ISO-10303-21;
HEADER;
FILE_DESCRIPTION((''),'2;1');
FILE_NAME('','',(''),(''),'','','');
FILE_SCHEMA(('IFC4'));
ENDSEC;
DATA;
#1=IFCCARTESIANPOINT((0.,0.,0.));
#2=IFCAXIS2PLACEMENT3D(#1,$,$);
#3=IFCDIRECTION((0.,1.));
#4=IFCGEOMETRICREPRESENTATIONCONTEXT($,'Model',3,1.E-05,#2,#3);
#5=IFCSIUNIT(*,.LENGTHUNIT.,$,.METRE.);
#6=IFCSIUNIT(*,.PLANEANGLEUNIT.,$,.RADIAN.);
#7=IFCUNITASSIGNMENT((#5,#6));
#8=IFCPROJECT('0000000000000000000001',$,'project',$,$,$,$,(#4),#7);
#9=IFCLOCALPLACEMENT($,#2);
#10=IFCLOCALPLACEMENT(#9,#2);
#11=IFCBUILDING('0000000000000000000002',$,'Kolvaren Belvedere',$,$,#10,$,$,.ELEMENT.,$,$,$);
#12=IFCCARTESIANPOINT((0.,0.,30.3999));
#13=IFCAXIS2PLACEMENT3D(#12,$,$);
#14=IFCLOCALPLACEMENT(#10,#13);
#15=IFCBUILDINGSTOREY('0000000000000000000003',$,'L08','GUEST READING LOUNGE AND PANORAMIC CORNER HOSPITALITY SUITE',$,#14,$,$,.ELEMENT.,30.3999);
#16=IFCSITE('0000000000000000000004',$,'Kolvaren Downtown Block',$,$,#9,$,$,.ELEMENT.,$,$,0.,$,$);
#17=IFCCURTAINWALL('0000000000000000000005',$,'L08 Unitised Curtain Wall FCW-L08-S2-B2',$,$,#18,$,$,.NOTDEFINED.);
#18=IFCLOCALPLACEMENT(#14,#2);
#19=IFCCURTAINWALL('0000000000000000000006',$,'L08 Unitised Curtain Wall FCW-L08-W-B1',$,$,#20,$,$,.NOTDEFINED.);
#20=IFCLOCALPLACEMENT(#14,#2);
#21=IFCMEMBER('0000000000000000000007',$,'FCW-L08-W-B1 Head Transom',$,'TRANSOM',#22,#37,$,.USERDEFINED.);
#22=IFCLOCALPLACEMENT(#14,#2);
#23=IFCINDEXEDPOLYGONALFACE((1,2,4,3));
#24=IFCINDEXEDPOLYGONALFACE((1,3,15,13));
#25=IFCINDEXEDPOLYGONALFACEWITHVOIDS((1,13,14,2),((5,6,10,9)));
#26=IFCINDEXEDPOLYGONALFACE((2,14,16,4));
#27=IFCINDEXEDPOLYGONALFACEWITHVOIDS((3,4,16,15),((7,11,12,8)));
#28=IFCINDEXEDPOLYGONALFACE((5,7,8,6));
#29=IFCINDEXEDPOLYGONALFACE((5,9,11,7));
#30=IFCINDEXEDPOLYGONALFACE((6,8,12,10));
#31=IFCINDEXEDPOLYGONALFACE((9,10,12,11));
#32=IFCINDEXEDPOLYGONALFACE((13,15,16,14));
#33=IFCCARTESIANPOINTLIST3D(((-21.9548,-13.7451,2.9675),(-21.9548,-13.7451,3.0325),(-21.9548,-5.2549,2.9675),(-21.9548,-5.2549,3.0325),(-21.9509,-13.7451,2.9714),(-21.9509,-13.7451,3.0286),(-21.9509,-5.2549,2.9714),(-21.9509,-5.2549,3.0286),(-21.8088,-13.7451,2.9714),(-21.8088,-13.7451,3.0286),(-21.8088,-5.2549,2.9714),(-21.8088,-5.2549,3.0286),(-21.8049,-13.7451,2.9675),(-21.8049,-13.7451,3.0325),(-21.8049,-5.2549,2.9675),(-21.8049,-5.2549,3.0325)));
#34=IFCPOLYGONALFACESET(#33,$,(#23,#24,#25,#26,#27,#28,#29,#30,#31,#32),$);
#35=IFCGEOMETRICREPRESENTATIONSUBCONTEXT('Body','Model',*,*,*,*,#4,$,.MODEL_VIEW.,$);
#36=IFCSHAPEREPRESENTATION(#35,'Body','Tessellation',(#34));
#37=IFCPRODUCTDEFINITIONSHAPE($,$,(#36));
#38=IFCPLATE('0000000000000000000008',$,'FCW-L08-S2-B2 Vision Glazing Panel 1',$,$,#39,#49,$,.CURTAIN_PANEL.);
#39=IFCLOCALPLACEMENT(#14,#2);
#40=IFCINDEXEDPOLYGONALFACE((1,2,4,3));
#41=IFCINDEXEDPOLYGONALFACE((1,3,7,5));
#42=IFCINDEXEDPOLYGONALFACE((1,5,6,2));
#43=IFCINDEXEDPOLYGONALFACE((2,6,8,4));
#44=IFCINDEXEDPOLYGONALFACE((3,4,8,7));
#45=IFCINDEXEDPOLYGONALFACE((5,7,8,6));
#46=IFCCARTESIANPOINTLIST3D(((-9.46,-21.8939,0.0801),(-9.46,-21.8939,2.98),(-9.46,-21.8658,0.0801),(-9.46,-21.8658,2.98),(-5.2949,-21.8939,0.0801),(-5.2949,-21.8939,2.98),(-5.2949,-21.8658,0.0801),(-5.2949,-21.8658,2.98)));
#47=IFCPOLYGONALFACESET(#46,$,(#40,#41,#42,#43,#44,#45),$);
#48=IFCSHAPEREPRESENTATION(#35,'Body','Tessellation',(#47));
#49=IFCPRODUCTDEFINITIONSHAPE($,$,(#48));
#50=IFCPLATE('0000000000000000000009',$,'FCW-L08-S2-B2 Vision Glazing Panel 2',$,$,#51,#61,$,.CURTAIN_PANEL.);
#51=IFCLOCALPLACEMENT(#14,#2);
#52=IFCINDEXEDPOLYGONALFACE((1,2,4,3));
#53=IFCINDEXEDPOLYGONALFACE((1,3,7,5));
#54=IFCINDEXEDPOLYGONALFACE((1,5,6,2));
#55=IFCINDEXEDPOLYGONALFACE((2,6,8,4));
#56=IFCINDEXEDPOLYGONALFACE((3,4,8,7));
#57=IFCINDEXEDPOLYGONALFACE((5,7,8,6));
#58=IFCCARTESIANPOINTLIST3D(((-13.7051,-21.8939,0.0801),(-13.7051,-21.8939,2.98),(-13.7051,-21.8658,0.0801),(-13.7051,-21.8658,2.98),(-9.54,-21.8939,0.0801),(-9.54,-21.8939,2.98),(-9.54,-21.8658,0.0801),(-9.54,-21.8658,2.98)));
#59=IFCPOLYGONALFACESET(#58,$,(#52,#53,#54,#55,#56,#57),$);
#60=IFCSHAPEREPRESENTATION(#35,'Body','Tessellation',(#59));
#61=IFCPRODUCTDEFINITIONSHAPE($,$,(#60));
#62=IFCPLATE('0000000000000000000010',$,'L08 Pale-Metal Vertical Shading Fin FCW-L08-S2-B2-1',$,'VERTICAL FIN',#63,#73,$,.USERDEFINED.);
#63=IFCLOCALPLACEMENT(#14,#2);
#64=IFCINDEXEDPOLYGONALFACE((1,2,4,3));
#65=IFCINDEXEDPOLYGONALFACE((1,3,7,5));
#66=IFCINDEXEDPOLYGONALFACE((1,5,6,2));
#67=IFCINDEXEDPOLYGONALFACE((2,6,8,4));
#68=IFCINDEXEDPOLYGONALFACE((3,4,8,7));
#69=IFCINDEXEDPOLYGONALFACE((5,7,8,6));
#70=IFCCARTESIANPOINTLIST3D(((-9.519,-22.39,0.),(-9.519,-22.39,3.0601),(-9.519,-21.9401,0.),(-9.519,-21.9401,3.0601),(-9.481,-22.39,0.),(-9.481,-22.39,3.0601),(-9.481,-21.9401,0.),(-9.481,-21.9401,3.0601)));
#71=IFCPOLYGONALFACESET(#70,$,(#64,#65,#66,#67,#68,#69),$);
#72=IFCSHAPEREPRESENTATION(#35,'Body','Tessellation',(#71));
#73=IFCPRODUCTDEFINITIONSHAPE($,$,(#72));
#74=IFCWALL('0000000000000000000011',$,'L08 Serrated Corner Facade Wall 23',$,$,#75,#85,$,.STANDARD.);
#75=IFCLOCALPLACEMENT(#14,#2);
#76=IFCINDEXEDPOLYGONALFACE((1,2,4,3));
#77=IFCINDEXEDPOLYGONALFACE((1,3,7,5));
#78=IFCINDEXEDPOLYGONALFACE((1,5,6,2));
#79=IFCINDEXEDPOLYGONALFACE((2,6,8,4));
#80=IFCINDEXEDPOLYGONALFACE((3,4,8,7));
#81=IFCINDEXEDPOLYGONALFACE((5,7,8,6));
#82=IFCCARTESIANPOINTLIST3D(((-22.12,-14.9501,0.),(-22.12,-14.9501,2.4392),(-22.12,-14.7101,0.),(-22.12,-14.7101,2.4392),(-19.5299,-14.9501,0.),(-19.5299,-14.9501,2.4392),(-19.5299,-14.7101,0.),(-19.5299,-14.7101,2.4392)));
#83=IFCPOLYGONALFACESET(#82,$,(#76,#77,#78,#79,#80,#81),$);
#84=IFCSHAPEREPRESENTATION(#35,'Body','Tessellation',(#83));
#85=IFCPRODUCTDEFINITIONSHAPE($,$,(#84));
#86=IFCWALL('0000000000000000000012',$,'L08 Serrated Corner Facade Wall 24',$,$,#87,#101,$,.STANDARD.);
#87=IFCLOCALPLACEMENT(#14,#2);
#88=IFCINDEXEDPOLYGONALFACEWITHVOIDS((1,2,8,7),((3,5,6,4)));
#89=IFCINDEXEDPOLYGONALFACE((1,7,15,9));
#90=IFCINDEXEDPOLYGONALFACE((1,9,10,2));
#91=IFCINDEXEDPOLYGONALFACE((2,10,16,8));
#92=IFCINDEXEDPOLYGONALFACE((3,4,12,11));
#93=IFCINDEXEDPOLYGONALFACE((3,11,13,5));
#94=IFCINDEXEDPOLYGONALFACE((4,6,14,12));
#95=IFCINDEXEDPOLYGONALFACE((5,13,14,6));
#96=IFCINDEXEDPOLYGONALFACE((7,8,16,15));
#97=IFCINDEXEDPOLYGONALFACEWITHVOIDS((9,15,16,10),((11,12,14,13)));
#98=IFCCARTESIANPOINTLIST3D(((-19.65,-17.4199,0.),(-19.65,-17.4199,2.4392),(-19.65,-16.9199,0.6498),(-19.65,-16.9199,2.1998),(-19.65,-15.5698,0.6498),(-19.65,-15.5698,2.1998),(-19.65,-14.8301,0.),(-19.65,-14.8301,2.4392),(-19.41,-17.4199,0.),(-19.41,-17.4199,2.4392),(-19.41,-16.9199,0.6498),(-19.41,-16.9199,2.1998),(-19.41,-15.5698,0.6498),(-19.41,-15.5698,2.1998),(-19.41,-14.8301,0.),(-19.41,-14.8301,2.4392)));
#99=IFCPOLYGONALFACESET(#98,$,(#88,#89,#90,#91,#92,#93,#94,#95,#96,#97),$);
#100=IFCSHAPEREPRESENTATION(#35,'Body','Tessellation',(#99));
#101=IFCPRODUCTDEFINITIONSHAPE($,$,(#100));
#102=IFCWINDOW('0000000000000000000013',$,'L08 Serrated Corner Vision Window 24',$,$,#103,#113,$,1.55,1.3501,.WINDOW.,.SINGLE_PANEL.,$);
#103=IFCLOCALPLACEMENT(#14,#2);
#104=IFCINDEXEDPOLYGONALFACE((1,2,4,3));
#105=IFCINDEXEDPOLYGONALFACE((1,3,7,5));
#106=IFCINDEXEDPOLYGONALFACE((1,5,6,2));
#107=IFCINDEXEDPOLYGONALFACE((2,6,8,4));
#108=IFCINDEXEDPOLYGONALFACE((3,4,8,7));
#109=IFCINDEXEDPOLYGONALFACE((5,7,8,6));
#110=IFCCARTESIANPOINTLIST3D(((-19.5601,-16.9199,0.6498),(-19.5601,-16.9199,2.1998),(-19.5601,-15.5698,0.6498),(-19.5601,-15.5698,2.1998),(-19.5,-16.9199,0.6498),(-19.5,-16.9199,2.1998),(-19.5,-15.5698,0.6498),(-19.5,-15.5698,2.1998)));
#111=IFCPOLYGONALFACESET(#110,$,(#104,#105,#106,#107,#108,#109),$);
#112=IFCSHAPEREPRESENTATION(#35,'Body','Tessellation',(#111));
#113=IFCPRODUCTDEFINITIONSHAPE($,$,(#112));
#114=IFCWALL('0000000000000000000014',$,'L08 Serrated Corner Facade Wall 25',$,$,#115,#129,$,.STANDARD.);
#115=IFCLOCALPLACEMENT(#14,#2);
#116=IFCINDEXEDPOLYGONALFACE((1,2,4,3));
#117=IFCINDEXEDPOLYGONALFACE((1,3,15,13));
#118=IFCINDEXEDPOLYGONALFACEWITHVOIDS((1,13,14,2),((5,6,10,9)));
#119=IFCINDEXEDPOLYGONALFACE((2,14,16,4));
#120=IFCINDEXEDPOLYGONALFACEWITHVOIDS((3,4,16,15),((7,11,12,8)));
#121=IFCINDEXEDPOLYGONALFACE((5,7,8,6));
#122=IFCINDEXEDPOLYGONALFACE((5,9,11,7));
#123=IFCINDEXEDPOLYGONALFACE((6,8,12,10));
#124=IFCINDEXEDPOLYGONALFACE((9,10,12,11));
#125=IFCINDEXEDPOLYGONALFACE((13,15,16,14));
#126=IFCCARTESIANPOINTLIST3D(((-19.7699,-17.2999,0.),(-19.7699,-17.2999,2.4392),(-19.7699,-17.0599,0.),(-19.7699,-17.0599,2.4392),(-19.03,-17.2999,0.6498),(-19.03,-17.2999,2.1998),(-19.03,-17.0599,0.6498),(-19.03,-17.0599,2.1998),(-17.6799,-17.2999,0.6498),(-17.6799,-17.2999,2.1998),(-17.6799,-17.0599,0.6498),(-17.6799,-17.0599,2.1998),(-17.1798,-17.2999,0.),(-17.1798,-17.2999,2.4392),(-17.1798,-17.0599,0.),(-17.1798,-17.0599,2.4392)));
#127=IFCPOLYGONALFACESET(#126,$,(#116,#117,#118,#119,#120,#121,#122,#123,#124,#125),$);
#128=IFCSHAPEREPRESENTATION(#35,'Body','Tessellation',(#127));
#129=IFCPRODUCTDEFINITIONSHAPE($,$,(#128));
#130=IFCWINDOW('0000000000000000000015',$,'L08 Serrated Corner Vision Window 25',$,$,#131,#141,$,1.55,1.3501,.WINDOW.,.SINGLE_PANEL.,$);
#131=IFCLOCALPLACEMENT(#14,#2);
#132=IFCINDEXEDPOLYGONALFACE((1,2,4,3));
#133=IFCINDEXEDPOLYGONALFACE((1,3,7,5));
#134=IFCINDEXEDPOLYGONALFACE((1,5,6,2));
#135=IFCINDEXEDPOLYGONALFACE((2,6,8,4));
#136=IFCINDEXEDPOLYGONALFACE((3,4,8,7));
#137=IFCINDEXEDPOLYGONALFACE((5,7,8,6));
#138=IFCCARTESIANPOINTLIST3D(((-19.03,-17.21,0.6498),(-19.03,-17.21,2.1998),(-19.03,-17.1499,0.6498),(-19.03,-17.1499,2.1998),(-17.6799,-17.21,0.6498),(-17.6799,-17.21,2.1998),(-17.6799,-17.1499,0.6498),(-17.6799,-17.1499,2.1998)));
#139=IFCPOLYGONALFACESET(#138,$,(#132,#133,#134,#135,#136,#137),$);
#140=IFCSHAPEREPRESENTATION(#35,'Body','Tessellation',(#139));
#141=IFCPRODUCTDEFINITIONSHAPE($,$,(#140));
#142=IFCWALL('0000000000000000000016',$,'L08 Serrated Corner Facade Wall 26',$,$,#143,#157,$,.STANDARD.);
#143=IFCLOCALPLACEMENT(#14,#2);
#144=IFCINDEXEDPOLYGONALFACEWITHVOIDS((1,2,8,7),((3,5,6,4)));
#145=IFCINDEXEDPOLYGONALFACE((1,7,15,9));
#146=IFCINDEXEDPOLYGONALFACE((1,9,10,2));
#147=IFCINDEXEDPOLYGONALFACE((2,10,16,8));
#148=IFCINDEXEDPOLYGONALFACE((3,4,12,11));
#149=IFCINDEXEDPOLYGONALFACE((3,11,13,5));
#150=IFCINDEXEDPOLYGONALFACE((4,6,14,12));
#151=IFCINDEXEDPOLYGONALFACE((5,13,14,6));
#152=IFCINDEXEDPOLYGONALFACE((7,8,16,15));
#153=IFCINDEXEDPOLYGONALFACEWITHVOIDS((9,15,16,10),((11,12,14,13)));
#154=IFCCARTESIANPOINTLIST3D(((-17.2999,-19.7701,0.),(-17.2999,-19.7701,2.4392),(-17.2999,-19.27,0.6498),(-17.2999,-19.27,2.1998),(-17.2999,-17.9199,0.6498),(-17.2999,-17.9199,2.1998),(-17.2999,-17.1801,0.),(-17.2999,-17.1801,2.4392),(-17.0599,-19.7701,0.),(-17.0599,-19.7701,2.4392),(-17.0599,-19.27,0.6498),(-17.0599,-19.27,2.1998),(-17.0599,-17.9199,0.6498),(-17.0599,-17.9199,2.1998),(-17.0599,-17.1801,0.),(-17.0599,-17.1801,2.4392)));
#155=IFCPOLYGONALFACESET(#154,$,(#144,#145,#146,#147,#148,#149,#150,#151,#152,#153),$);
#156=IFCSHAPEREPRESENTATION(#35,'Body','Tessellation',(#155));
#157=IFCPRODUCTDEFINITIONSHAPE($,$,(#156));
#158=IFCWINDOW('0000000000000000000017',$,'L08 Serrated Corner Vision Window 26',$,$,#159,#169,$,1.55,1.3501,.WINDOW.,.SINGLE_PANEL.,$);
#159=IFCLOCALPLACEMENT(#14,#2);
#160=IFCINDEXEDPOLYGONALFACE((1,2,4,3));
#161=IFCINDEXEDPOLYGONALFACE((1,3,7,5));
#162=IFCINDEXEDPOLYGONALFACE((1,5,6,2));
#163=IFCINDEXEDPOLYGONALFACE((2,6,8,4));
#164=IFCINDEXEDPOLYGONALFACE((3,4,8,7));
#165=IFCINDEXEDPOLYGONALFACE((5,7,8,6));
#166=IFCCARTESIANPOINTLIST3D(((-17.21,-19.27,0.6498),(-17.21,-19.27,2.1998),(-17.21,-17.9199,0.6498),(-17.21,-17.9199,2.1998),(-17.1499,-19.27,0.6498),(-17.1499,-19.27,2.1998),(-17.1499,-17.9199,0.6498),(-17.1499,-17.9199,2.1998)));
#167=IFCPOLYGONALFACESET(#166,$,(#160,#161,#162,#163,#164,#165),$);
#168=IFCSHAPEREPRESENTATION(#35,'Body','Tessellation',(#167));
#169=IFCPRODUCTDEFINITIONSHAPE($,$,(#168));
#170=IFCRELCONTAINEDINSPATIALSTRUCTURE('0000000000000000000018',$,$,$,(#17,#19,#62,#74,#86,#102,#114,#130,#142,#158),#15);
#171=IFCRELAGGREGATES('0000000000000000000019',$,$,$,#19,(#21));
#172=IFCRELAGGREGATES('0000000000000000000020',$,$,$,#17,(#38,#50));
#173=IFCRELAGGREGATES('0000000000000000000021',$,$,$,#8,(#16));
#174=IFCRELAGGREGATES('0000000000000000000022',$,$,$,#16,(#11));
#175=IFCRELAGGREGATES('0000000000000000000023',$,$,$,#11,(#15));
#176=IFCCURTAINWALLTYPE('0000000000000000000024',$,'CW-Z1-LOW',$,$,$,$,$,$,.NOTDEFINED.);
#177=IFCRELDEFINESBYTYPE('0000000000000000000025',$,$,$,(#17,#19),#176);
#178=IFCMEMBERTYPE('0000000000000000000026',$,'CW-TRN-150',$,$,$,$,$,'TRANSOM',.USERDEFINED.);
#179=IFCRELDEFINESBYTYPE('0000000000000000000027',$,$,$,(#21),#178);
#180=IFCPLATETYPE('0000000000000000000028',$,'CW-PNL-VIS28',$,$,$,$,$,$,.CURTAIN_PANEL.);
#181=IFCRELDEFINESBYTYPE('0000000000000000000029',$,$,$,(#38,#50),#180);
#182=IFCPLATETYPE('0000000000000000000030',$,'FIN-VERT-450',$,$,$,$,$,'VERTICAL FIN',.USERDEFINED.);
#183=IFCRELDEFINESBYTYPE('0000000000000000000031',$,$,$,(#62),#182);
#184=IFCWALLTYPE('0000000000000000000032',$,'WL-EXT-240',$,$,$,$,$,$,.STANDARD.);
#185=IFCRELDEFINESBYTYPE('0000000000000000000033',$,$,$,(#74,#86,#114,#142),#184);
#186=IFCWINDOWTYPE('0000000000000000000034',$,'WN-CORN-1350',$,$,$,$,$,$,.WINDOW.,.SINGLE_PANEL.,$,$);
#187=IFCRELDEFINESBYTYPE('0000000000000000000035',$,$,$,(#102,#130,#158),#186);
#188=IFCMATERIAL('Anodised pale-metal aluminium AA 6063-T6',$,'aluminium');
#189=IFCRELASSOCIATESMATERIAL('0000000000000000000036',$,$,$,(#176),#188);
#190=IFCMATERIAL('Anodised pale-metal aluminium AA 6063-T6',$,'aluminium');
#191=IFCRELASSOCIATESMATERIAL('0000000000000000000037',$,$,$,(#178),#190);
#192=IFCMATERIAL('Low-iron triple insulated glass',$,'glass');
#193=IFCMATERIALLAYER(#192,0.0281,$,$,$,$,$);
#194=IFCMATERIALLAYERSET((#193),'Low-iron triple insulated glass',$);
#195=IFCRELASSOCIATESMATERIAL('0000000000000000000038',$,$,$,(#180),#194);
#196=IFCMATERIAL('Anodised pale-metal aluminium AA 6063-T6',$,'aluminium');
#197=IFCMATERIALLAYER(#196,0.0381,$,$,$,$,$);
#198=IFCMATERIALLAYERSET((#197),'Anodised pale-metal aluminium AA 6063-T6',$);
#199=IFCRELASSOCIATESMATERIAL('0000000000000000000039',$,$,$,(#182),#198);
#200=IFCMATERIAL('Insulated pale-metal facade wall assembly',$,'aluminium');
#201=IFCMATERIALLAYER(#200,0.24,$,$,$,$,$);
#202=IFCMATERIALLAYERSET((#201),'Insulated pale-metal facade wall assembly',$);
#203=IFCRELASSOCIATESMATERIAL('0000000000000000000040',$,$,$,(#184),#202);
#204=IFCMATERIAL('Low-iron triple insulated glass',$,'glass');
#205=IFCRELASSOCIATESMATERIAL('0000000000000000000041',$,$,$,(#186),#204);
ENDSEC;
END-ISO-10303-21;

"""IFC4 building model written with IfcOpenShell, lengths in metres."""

from ifc_helpers import new_model, si_unit, direction, frame, frame_2d, origin, origin_2d, place, context, subcontext, project, spatial, rectangle, hollow_rectangle, extrude, material, layer, layer_set, material_profile, profile_set, type_object, element, fill, aggregate, save


model = new_model("IFC4")

# Units and contexts
model_context = context("Model", 3, precision=1e-05, world=origin(), true_north=direction((0.0, 1.0)))
body_context = subcontext(model_context, "Body", "Model", "MODEL_VIEW")
ifc_project = project(units=[si_unit("LENGTHUNIT", "METRE"), si_unit("PLANEANGLEUNIT", "RADIAN")], contexts=[model_context])

# Site, building, storey
site_placement = place(None, origin())
site = spatial("IfcSite", under=ifc_project, at=site_placement, Name="Kolvaren Downtown Block", CompositionType="ELEMENT", RefElevation=0.0)
building_placement = place(site_placement, origin())
building = spatial("IfcBuilding", under=site, at=building_placement, Name="Kolvaren Belvedere", CompositionType="ELEMENT")
storey_placement = place(building_placement, frame((0.0, 0.0, 30.3999)))
storey = spatial("IfcBuildingStorey", under=building, at=storey_placement, Name="L08", Description="GUEST READING LOUNGE AND PANORAMIC CORNER HOSPITALITY SUITE", CompositionType="ELEMENT", Elevation=30.3999)

# Curtain walls, member
ifc_material_1 = material(Name="Anodised pale-metal aluminium AA 6063-T6", Category="aluminium")
curtain_wall_type = type_object("IfcCurtainWallType", Name="CW-Z1-LOW", PredefinedType="NOTDEFINED", material=ifc_material_1)
curtain_wall_1_placement = place(storey_placement, origin())
curtain_wall_1 = element("IfcCurtainWall", 1, at=curtain_wall_1_placement, inside=storey, type_object=curtain_wall_type, Name="L08 Unitised Curtain Wall FCW-L08-S2-B2", PredefinedType="NOTDEFINED")
curtain_wall_2_placement = place(storey_placement, origin())
curtain_wall_2 = element("IfcCurtainWall", 2, at=curtain_wall_2_placement, inside=storey, type_object=curtain_wall_type, Name="L08 Unitised Curtain Wall FCW-L08-W-B1", PredefinedType="NOTDEFINED")
ifc_material_2 = material(Name="Anodised pale-metal aluminium AA 6063-T6", Category="aluminium")
ifc_material_profile_1 = material_profile(ifc_material_2, hollow_rectangle(XDim=0.0649, YDim=0.1499, WallThickness=0.0039, at=origin_2d()), Name="ALU-TRN-150X65")
ifc_profile_set_1 = profile_set([ifc_material_profile_1], Name="Anodised pale-metal aluminium AA 6063-T6")
member_type_1 = type_object("IfcMemberType", Name="CW-TRN-150", ElementType="TRANSOM", PredefinedType="USERDEFINED", material=ifc_profile_set_1)
member_1_placement = place(storey_placement, frame((-21.8799, -13.7451, 3.0), z_axis=(0.0, 1.0, 0.0), x_axis=(0.0, 0.0, 1.0)))
member_1 = element("IfcMember", 3, at=member_1_placement, type_object=member_type_1, Name="FCW-L08-W-B1 Head Transom", ObjectType="TRANSOM", PredefinedType="USERDEFINED", context=body_context, shape_type="SweptSolid", body=[
    extrude(hollow_rectangle(XDim=0.0649, YDim=0.1499, WallThickness=0.0039, at=origin_2d()), origin(), (0.0, 0.0, 1.0), 8.4902),
])
aggregate(curtain_wall_2, [member_1])

# Plates
ifc_material_3 = material(Name="Low-iron triple insulated glass", Category="glass")
ifc_layer_1 = layer(ifc_material_3, 0.0281)
ifc_layer_set_1 = layer_set([ifc_layer_1], Name="Low-iron triple insulated glass")
plate_type_1 = type_object("IfcPlateType", Name="CW-PNL-VIS28", PredefinedType="CURTAIN_PANEL", material=ifc_layer_set_1)
plate_1_placement = place(storey_placement, frame((-7.3774, -21.8799, 0.0801), z_axis=(0.0, 0.0, 1.0), x_axis=(-1.0, 0.0, 0.0)))
plate_1 = element("IfcPlate", 4, at=plate_1_placement, type_object=plate_type_1, Name="FCW-L08-S2-B2 Vision Glazing Panel 1", PredefinedType="CURTAIN_PANEL", context=body_context, shape_type="SweptSolid", body=[
    extrude(rectangle(XDim=4.165, YDim=0.0281, at=origin_2d()), origin(), (0.0, 0.0, 1.0), 2.8999),
])
plate_2_placement = place(storey_placement, frame((-11.6226, -21.8799, 0.0801), z_axis=(0.0, 0.0, 1.0), x_axis=(-1.0, 0.0, 0.0)))
plate_2 = element("IfcPlate", 5, at=plate_2_placement, type_object=plate_type_1, Name="FCW-L08-S2-B2 Vision Glazing Panel 2", PredefinedType="CURTAIN_PANEL", context=body_context, shape_type="SweptSolid", body=[
    extrude(rectangle(XDim=4.165, YDim=0.0281, at=origin_2d()), origin(), (0.0, 0.0, 1.0), 2.8999),
])
aggregate(curtain_wall_1, [plate_1, plate_2])
ifc_material_4 = material(Name="Anodised pale-metal aluminium AA 6063-T6", Category="aluminium")
ifc_layer_2 = layer(ifc_material_4, 0.0381)
ifc_layer_set_2 = layer_set([ifc_layer_2], Name="Anodised pale-metal aluminium AA 6063-T6")
plate_type_2 = type_object("IfcPlateType", Name="FIN-VERT-450", ElementType="VERTICAL FIN", PredefinedType="USERDEFINED", material=ifc_layer_set_2)
plate_3_placement = place(storey_placement, frame((-9.5, -22.165, 0.0), z_axis=(0.0, 0.0, 1.0), x_axis=(0.0, 1.0, 0.0)))
element("IfcPlate", 6, at=plate_3_placement, inside=storey, type_object=plate_type_2, Name="L08 Pale-Metal Vertical Shading Fin FCW-L08-S2-B2-1", ObjectType="VERTICAL FIN", PredefinedType="USERDEFINED", context=body_context, shape_type="SweptSolid", body=[
    extrude(rectangle(XDim=0.45, YDim=0.0381, at=origin_2d()), origin(), (0.0, 0.0, 1.0), 3.0601),
])

# Wall
ifc_material_5 = material(Name="Insulated pale-metal facade wall assembly", Category="aluminium")
ifc_layer_3 = layer(ifc_material_5, 0.24)
ifc_layer_set_3 = layer_set([ifc_layer_3], Name="Insulated pale-metal facade wall assembly")
wall_type_1 = type_object("IfcWallType", Name="WL-EXT-240", PredefinedType="STANDARD", material=ifc_layer_set_3)
wall_1_placement = place(storey_placement, frame((-19.53, -14.8301, 0.0), z_axis=(0.0, 0.0, 1.0), x_axis=(-1.0, 0.0, 0.0)))
element("IfcWall", 7, at=wall_1_placement, inside=storey, type_object=wall_type_1, Name="L08 Serrated Corner Facade Wall 23", PredefinedType="STANDARD", context=body_context, shape_type="SweptSolid", body=[
    extrude(rectangle(XDim=2.5901, YDim=0.24, at=frame_2d((1.2949, 0.0))), origin(), (0.0, 0.0, 1.0), 2.4392),
])

# Walls, openings, windows
wall_2_placement = place(storey_placement, frame((-19.53, -17.4199, 0.0), z_axis=(0.0, 0.0, 1.0), x_axis=(0.0, 1.0, 0.0)))
wall_2 = element("IfcWall", 8, at=wall_2_placement, inside=storey, type_object=wall_type_1, Name="L08 Serrated Corner Facade Wall 24", PredefinedType="STANDARD", context=body_context, shape_type="SweptSolid", body=[
    extrude(rectangle(XDim=2.5898, YDim=0.24, at=frame_2d((1.2949, 0.0))), origin(), (0.0, 0.0, 1.0), 2.4392),
])
opening_1_placement = place(wall_2_placement, frame((0.5, 0.0, 0.6499)))
opening_1 = element("IfcOpeningElement", 9, at=opening_1_placement, cuts=wall_2, PredefinedType="OPENING", context=body_context, shape_type="SweptSolid", body=[
    extrude(rectangle(XDim=1.3501, YDim=1.55, at=frame_2d((0.675, 0.7749))), frame((0.0, 0.1299, 0.0), z_axis=(0.0, -1.0, 0.0), x_axis=(1.0, 0.0, 0.0)), (0.0, 0.0, 1.0), 0.26),
])
ifc_material_6 = material(Name="Low-iron triple insulated glass", Category="glass")
window_type = type_object("IfcWindowType", Name="WN-CORN-1350", PartitioningType="SINGLE_PANEL", PredefinedType="WINDOW", material=ifc_material_6)
window_1_placement = place(opening_1_placement, origin())
window_1 = element("IfcWindow", 10, at=window_1_placement, inside=storey, type_object=window_type, Name="L08 Serrated Corner Vision Window 24", OverallHeight=1.55, OverallWidth=1.3501, PartitioningType="SINGLE_PANEL", PredefinedType="WINDOW", context=body_context, shape_type="SweptSolid", body=[
    extrude(rectangle(XDim=1.3501, YDim=1.55, at=frame_2d((0.675, 0.7749))), frame((0.0, 0.03, 0.0), z_axis=(0.0, -1.0, 0.0), x_axis=(1.0, 0.0, 0.0)), (0.0, 0.0, 1.0), 0.0601),
])
fill(opening_1, window_1)
wall_3_placement = place(storey_placement, frame((-17.1799, -17.1799, 0.0), z_axis=(0.0, 0.0, 1.0), x_axis=(-1.0, 0.0, 0.0)))
wall_3 = element("IfcWall", 11, at=wall_3_placement, inside=storey, type_object=wall_type_1, Name="L08 Serrated Corner Facade Wall 25", PredefinedType="STANDARD", context=body_context, shape_type="SweptSolid", body=[
    extrude(rectangle(XDim=2.5901, YDim=0.24, at=frame_2d((1.2949, 0.0))), origin(), (0.0, 0.0, 1.0), 2.4392),
])
opening_2_placement = place(wall_3_placement, frame((0.5, 0.0, 0.6499)))
opening_2 = element("IfcOpeningElement", 12, at=opening_2_placement, cuts=wall_3, PredefinedType="OPENING", context=body_context, shape_type="SweptSolid", body=[
    extrude(rectangle(XDim=1.3501, YDim=1.55, at=frame_2d((0.675, 0.7749))), frame((0.0, 0.1299, 0.0), z_axis=(0.0, -1.0, 0.0), x_axis=(1.0, 0.0, 0.0)), (0.0, 0.0, 1.0), 0.26),
])
window_2_placement = place(opening_2_placement, origin())
window_2 = element("IfcWindow", 13, at=window_2_placement, inside=storey, type_object=window_type, Name="L08 Serrated Corner Vision Window 25", OverallHeight=1.55, OverallWidth=1.3501, PartitioningType="SINGLE_PANEL", PredefinedType="WINDOW", context=body_context, shape_type="SweptSolid", body=[
    extrude(rectangle(XDim=1.3501, YDim=1.55, at=frame_2d((0.675, 0.7749))), frame((0.0, 0.03, 0.0), z_axis=(0.0, -1.0, 0.0), x_axis=(1.0, 0.0, 0.0)), (0.0, 0.0, 1.0), 0.0601),
])
fill(opening_2, window_2)
wall_4_placement = place(storey_placement, frame((-17.1799, -19.77, 0.0), z_axis=(0.0, 0.0, 1.0), x_axis=(0.0, 1.0, 0.0)))
wall_4 = element("IfcWall", 14, at=wall_4_placement, inside=storey, type_object=wall_type_1, Name="L08 Serrated Corner Facade Wall 26", PredefinedType="STANDARD", context=body_context, shape_type="SweptSolid", body=[
    extrude(rectangle(XDim=2.5901, YDim=0.24, at=frame_2d((1.2949, 0.0))), origin(), (0.0, 0.0, 1.0), 2.4392),
])
opening_3_placement = place(wall_4_placement, frame((0.5, 0.0, 0.6499)))
opening_3 = element("IfcOpeningElement", 15, at=opening_3_placement, cuts=wall_4, PredefinedType="OPENING", context=body_context, shape_type="SweptSolid", body=[
    extrude(rectangle(XDim=1.3501, YDim=1.55, at=frame_2d((0.675, 0.7749))), frame((0.0, 0.1299, 0.0), z_axis=(0.0, -1.0, 0.0), x_axis=(1.0, 0.0, 0.0)), (0.0, 0.0, 1.0), 0.26),
])
window_3_placement = place(opening_3_placement, origin())
window_3 = element("IfcWindow", 16, at=window_3_placement, inside=storey, type_object=window_type, Name="L08 Serrated Corner Vision Window 26", OverallHeight=1.55, OverallWidth=1.3501, PartitioningType="SINGLE_PANEL", PredefinedType="WINDOW", context=body_context, shape_type="SweptSolid", body=[
    extrude(rectangle(XDim=1.3501, YDim=1.55, at=frame_2d((0.675, 0.7749))), frame((0.0, 0.03, 0.0), z_axis=(0.0, -1.0, 0.0), x_axis=(1.0, 0.0, 0.0)), (0.0, 0.0, 1.0), 0.0601),
])
fill(opening_3, window_3)

save(model, "model.ifc")
